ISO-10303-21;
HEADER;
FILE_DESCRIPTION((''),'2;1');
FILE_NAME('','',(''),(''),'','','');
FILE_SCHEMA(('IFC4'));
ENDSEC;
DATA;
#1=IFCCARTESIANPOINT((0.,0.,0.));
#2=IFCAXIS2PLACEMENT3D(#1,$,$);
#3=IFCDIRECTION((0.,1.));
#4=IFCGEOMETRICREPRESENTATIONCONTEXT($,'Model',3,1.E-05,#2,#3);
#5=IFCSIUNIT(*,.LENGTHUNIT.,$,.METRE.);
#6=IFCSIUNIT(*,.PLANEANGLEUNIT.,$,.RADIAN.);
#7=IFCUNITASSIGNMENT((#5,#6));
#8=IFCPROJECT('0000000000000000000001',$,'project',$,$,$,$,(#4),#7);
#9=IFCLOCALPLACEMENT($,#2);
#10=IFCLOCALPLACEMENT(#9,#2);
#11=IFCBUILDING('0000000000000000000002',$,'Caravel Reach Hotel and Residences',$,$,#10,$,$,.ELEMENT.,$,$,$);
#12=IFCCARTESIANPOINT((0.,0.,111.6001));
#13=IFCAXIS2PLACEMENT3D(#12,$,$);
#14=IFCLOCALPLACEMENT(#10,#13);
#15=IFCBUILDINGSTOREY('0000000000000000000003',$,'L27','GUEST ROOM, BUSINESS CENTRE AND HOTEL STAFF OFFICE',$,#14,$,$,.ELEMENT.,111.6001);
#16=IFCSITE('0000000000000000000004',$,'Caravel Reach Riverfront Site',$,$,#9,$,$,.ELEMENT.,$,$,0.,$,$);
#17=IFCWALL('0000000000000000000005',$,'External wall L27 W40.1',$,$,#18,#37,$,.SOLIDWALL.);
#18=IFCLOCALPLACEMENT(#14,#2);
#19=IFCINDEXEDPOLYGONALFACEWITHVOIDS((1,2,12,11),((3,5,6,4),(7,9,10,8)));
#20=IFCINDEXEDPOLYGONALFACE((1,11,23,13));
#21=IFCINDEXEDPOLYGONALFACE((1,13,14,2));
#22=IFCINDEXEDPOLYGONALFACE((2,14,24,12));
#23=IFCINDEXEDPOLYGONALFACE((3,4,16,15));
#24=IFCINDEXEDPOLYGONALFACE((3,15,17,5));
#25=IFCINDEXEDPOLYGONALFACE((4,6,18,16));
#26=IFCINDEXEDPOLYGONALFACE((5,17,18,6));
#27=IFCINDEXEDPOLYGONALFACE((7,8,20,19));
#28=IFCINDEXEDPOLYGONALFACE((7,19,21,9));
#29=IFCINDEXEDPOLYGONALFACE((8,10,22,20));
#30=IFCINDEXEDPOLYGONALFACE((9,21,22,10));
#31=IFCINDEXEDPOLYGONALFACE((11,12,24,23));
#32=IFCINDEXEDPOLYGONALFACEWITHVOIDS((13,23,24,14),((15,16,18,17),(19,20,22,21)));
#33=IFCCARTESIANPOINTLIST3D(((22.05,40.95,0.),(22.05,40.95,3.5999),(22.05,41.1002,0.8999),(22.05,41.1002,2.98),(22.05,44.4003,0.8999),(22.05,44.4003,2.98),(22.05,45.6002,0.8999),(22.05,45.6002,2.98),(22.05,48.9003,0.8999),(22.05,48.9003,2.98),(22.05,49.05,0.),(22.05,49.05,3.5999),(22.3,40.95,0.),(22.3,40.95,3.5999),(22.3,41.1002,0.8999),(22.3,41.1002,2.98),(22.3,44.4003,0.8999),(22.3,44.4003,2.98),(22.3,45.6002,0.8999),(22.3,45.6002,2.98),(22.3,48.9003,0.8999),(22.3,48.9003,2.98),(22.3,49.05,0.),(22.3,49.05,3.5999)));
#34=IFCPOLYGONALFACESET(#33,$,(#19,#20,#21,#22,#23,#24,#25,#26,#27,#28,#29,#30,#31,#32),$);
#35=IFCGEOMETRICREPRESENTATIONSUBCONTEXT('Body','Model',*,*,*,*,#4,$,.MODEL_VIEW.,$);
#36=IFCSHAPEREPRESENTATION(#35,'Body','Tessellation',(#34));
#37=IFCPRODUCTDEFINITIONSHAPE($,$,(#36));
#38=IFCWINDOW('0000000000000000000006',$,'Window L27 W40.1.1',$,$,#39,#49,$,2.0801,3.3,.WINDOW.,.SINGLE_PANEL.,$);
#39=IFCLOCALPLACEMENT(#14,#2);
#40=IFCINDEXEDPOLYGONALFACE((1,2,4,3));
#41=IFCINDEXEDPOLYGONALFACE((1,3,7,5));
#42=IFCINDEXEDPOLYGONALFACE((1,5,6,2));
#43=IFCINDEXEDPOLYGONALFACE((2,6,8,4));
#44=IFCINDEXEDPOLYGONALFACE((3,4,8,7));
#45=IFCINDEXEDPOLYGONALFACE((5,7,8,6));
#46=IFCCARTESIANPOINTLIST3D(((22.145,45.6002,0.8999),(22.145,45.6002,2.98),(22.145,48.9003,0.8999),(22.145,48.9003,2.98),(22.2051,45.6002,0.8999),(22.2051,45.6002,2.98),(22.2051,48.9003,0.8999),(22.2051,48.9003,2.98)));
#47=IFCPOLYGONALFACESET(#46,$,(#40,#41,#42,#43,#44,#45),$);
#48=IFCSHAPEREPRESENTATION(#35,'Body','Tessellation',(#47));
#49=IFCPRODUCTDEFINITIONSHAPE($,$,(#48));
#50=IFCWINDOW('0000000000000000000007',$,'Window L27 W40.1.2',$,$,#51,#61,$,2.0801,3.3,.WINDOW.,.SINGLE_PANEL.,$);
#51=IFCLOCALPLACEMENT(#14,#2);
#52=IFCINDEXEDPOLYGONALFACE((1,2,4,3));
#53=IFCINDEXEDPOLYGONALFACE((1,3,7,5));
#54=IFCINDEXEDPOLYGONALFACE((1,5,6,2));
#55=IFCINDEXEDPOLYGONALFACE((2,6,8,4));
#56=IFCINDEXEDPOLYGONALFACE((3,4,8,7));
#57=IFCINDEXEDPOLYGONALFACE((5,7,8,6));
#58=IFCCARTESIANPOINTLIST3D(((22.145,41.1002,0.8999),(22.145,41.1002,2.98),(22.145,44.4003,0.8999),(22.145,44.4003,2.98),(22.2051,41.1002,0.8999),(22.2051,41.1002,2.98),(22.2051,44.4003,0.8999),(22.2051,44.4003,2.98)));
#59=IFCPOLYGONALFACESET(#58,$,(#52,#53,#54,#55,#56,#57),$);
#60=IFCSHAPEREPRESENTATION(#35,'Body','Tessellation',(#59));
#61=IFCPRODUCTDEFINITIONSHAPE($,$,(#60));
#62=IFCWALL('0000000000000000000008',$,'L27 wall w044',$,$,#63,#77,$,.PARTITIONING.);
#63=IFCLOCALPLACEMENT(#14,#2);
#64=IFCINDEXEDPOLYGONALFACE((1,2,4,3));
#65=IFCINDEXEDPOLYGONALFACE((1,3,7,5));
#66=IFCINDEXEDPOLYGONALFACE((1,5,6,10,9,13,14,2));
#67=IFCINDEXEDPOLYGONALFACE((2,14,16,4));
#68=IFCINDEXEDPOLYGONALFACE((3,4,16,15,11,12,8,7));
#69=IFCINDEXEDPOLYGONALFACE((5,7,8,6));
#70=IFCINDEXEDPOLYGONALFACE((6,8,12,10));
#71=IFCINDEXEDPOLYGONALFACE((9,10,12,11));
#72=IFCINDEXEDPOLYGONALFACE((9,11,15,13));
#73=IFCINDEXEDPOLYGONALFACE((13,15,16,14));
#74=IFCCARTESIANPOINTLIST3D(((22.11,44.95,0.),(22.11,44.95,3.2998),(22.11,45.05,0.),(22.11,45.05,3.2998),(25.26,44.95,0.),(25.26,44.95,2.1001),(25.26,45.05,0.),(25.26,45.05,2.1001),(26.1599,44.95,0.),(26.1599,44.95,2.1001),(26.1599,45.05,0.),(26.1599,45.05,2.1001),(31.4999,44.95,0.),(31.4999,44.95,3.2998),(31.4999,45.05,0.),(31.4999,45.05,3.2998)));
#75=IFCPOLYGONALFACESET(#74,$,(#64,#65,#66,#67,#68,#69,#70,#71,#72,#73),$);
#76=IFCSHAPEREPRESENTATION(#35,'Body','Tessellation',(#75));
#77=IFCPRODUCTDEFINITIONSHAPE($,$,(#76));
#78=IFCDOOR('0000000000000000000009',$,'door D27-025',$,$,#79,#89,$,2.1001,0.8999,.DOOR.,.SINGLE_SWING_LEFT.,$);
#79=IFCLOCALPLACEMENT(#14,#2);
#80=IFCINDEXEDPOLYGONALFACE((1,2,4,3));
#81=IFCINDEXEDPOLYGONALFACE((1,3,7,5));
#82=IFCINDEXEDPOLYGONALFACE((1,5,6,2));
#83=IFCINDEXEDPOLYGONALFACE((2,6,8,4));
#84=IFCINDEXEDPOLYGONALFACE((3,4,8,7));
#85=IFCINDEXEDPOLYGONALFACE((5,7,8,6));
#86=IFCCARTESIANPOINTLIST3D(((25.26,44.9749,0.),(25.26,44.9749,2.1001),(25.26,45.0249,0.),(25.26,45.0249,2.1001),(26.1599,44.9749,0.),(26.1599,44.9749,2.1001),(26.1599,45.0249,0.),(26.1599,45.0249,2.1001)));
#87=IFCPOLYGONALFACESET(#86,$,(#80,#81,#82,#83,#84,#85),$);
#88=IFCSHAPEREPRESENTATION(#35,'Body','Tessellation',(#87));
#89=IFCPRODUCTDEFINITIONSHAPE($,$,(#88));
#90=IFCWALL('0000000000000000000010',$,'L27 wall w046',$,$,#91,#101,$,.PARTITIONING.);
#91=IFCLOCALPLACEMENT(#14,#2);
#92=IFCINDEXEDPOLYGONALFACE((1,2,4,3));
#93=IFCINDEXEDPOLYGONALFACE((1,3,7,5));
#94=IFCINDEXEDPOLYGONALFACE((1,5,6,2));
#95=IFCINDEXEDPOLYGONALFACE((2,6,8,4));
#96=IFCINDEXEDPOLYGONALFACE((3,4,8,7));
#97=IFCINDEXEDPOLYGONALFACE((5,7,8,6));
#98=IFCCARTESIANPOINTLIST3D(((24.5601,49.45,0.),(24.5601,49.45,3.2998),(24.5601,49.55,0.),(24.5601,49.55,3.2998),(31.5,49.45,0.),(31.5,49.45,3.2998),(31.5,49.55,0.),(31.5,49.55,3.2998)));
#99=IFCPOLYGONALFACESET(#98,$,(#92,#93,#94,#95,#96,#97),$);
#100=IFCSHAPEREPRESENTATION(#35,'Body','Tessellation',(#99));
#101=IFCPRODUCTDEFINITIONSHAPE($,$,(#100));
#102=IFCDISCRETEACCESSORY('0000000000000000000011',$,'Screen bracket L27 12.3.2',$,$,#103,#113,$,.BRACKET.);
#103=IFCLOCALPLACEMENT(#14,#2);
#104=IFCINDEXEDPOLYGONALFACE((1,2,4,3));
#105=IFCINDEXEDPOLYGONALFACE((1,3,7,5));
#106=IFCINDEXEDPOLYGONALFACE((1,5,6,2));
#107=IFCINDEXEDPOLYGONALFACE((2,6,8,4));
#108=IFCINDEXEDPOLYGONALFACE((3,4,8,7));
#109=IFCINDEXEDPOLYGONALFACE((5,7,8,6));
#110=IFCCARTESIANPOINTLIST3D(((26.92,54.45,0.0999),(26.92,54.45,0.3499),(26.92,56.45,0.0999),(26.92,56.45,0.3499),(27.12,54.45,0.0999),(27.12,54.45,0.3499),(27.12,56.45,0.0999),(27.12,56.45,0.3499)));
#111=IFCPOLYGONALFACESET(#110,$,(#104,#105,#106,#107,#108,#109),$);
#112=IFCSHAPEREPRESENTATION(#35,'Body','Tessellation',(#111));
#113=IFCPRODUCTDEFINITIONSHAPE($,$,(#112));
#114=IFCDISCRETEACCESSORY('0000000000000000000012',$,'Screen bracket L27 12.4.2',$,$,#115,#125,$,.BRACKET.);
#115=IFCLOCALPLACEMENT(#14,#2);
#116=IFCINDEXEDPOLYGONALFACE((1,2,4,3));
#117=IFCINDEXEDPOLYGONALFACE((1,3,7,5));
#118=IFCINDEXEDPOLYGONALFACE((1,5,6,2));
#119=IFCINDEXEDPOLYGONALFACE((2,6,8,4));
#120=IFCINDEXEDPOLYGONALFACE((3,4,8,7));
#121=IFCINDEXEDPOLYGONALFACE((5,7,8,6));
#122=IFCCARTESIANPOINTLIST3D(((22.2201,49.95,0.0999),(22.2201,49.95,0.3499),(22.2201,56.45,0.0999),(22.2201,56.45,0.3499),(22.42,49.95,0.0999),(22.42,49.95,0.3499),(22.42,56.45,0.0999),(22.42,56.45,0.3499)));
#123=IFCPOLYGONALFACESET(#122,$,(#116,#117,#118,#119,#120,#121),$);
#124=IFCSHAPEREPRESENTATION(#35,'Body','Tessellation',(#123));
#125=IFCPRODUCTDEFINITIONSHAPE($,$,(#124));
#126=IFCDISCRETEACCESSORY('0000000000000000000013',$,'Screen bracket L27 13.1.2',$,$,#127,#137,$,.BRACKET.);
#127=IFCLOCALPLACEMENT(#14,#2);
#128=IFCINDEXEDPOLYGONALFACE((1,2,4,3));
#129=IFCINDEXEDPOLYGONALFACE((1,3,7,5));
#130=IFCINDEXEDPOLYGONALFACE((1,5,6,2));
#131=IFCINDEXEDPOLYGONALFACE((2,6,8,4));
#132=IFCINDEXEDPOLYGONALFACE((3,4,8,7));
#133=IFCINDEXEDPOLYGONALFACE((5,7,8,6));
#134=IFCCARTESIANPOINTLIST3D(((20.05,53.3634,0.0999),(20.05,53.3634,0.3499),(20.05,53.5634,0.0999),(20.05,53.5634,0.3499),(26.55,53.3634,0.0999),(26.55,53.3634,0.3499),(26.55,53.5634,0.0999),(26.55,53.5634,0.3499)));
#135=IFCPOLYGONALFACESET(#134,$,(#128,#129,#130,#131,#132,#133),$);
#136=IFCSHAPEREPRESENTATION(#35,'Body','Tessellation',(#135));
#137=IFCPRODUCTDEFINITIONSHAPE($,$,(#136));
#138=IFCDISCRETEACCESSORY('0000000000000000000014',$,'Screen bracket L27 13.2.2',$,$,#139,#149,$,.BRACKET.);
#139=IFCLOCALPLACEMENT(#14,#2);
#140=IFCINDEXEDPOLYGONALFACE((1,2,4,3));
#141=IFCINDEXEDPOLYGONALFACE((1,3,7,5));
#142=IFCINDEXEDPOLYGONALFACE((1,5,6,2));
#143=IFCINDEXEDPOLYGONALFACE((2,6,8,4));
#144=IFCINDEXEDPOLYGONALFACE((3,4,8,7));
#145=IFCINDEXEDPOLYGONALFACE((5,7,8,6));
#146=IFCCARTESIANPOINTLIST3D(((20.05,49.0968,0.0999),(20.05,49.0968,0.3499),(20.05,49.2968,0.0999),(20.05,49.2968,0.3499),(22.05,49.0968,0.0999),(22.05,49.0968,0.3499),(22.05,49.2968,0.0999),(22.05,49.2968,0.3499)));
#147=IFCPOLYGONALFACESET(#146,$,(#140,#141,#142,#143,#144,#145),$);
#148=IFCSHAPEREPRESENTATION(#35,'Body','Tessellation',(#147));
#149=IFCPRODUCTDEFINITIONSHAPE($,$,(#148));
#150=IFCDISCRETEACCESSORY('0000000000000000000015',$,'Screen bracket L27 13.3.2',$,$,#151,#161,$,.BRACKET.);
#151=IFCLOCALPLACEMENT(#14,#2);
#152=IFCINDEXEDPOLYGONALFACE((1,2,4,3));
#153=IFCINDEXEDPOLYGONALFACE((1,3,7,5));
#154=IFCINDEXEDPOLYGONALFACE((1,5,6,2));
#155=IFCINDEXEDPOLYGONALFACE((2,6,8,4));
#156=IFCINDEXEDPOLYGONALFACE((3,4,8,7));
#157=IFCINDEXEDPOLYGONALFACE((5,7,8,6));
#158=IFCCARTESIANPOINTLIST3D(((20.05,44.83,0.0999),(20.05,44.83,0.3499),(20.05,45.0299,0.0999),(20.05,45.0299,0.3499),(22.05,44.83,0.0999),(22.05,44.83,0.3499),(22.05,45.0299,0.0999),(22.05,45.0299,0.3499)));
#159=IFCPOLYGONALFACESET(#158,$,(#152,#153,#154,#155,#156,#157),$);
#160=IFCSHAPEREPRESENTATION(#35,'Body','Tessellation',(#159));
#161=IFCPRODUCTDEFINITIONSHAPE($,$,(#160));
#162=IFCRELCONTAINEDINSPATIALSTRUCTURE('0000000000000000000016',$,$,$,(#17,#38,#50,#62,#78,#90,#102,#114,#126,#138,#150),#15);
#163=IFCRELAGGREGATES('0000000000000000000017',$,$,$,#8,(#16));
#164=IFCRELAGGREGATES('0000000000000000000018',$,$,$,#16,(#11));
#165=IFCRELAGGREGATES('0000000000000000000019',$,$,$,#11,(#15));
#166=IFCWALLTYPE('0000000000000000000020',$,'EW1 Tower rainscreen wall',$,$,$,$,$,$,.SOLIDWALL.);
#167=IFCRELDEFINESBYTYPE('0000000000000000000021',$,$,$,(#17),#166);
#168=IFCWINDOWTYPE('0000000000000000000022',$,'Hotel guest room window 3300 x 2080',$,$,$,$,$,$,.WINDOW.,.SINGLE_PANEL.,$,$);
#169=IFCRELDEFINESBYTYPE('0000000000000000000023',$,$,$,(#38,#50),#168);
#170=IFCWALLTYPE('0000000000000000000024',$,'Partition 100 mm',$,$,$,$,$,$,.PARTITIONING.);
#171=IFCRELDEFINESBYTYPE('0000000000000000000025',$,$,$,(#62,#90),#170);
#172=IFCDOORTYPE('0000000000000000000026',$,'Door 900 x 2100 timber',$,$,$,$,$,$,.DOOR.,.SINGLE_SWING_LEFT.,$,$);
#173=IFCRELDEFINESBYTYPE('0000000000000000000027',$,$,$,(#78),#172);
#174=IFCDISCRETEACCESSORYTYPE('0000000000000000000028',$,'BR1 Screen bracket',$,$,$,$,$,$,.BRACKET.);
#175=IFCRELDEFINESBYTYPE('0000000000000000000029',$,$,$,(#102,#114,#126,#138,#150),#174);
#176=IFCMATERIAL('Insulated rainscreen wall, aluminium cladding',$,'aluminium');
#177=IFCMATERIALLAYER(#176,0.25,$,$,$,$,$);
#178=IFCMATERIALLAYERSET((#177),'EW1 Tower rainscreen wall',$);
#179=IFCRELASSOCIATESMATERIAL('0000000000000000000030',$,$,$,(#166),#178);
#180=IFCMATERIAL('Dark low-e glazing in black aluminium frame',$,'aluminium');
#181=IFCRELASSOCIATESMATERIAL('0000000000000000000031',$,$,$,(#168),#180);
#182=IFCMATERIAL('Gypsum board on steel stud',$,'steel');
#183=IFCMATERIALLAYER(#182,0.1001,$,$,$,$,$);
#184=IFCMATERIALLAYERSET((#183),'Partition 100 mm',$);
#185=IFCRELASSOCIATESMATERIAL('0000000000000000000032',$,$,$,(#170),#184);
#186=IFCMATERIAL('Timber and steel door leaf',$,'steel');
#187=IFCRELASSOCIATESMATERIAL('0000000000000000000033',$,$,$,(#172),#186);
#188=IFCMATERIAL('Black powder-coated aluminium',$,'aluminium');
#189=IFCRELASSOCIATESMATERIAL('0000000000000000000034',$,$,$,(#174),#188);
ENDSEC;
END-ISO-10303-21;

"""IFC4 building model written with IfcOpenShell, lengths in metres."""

from ifc_helpers import new_model, si_unit, direction, frame, frame_2d, origin, origin_2d, place, context, subcontext, project, spatial, rectangle, extrude, material, layer, layer_set, type_object, element, fill, save


model = new_model("IFC4")

# Units and contexts
model_context = context("Model", 3, precision=1e-05, world=origin(), true_north=direction((0.0, 1.0)))
body_context = subcontext(model_context, "Body", "Model", "MODEL_VIEW")
ifc_project = project(units=[si_unit("LENGTHUNIT", "METRE"), si_unit("PLANEANGLEUNIT", "RADIAN")], contexts=[model_context])

# Site, building, storey
site_placement = place(None, origin())
site = spatial("IfcSite", under=ifc_project, at=site_placement, Name="Caravel Reach Riverfront Site", CompositionType="ELEMENT", RefElevation=0.0)
building_placement = place(site_placement, origin())
building = spatial("IfcBuilding", under=site, at=building_placement, Name="Caravel Reach Hotel and Residences", CompositionType="ELEMENT")
storey_placement = place(building_placement, frame((0.0, 0.0, 111.6001)))
storey = spatial("IfcBuildingStorey", under=building, at=storey_placement, Name="L27", Description="GUEST ROOM, BUSINESS CENTRE AND HOTEL STAFF OFFICE", CompositionType="ELEMENT", Elevation=111.6001)

# Shared definitions
ifc_material_1 = material(Name="Insulated rainscreen wall, aluminium cladding", Category="aluminium")
ifc_layer_1 = layer(ifc_material_1, 0.25)
ifc_layer_set_1 = layer_set([ifc_layer_1], Name="EW1 Tower rainscreen wall")
wall_type_1 = type_object("IfcWallType", Name="EW1 Tower rainscreen wall", PredefinedType="SOLIDWALL", material=ifc_layer_set_1)

# Wall, openings, windows
wall_1_placement = place(storey_placement, frame((22.175, 49.05, 0.0), z_axis=(0.0, 0.0, 1.0), x_axis=(0.0, -1.0, 0.0)))
wall_1 = element("IfcWall", 1, at=wall_1_placement, inside=storey, type_object=wall_type_1, Name="External wall L27 W40.1", PredefinedType="SOLIDWALL", context=body_context, shape_type="SweptSolid", body=[
    extrude(rectangle(XDim=8.1001, YDim=0.25, at=frame_2d((4.05, 0.0))), origin(), (0.0, 0.0, 1.0), 3.5999),
])
opening_1_placement = place(wall_1_placement, frame((0.1499, 0.0, 0.8999)))
opening_1 = element("IfcOpeningElement", 2, at=opening_1_placement, cuts=wall_1, PredefinedType="OPENING", context=body_context, shape_type="SweptSolid", body=[
    extrude(rectangle(XDim=3.3, YDim=2.0801, at=frame_2d((1.6499, 1.04))), frame((0.0, 0.135, 0.0), z_axis=(0.0, -1.0, 0.0), x_axis=(1.0, 0.0, 0.0)), (0.0, 0.0, 1.0), 0.27),
])
opening_2_placement = place(wall_1_placement, frame((4.6499, 0.0, 0.8999)))
opening_2 = element("IfcOpeningElement", 3, at=opening_2_placement, cuts=wall_1, PredefinedType="OPENING", context=body_context, shape_type="SweptSolid", body=[
    extrude(rectangle(XDim=3.3, YDim=2.0801, at=frame_2d((1.6499, 1.04))), frame((0.0, 0.135, 0.0), z_axis=(0.0, -1.0, 0.0), x_axis=(1.0, 0.0, 0.0)), (0.0, 0.0, 1.0), 0.27),
])
ifc_material_2 = material(Name="Dark low-e glazing in black aluminium frame", Category="aluminium")
window_type_1 = type_object("IfcWindowType", Name="Hotel guest room window 3300 x 2080", PartitioningType="SINGLE_PANEL", PredefinedType="WINDOW", material=ifc_material_2)
window_1_placement = place(opening_1_placement, origin())
window_1 = element("IfcWindow", 4, at=window_1_placement, inside=storey, type_object=window_type_1, Name="Window L27 W40.1.1", OverallHeight=2.0801, OverallWidth=3.3, PartitioningType="SINGLE_PANEL", PredefinedType="WINDOW", context=body_context, shape_type="SweptSolid", body=[
    extrude(rectangle(XDim=3.3, YDim=2.0801, at=frame_2d((1.6499, 1.04))), frame((0.0, 0.03, 0.0), z_axis=(0.0, -1.0, 0.0), x_axis=(1.0, 0.0, 0.0)), (0.0, 0.0, 1.0), 0.0601),
])
fill(opening_1, window_1)
window_2_placement = place(opening_2_placement, origin())
window_2 = element("IfcWindow", 5, at=window_2_placement, inside=storey, type_object=window_type_1, Name="Window L27 W40.1.2", OverallHeight=2.0801, OverallWidth=3.3, PartitioningType="SINGLE_PANEL", PredefinedType="WINDOW", context=body_context, shape_type="SweptSolid", body=[
    extrude(rectangle(XDim=3.3, YDim=2.0801, at=frame_2d((1.6499, 1.04))), frame((0.0, 0.03, 0.0), z_axis=(0.0, -1.0, 0.0), x_axis=(1.0, 0.0, 0.0)), (0.0, 0.0, 1.0), 0.0601),
])
fill(opening_2, window_2)

# Wall, opening, door
ifc_material_3 = material(Name="Gypsum board on steel stud", Category="steel")
ifc_layer_2 = layer(ifc_material_3, 0.1001)
ifc_layer_set_2 = layer_set([ifc_layer_2], Name="Partition 100 mm")
wall_type_2 = type_object("IfcWallType", Name="Partition 100 mm", PredefinedType="PARTITIONING", material=ifc_layer_set_2)
wall_2_placement = place(storey_placement, frame((22.1101, 45.0, 0.0), z_axis=(0.0, 0.0, 1.0), x_axis=(1.0, 0.0, 0.0)))
wall_2 = element("IfcWall", 6, at=wall_2_placement, inside=storey, type_object=wall_type_2, Name="L27 wall w044", PredefinedType="PARTITIONING", context=body_context, shape_type="SweptSolid", body=[
    extrude(rectangle(XDim=9.3899, YDim=0.1001, at=frame_2d((4.6948, 0.0))), origin(), (0.0, 0.0, 1.0), 3.2998),
])
opening_3_placement = place(wall_2_placement, frame((3.1499, 0.0, 0.0)))
opening_3 = element("IfcOpeningElement", 7, at=opening_3_placement, cuts=wall_2, PredefinedType="OPENING", context=body_context, shape_type="SweptSolid", body=[
    extrude(rectangle(XDim=0.8999, YDim=2.1001, at=frame_2d((0.45, 1.05))), frame((0.0, 0.0601, 0.0), z_axis=(0.0, -1.0, 0.0), x_axis=(1.0, 0.0, 0.0)), (0.0, 0.0, 1.0), 0.1201),
])
ifc_material_4 = material(Name="Timber and steel door leaf", Category="steel")
door_type_1 = type_object("IfcDoorType", Name="Door 900 x 2100 timber", OperationType="SINGLE_SWING_LEFT", PredefinedType="DOOR", material=ifc_material_4)
door_1_placement = place(opening_3_placement, origin())
door_1 = element("IfcDoor", 8, at=door_1_placement, inside=storey, type_object=door_type_1, Name="door D27-025", OperationType="SINGLE_SWING_LEFT", OverallHeight=2.1001, OverallWidth=0.8999, PredefinedType="DOOR", context=body_context, shape_type="SweptSolid", body=[
    extrude(rectangle(XDim=0.8999, YDim=2.1001, at=frame_2d((0.45, 1.05))), frame((0.0, 0.0249, 0.0), z_axis=(0.0, -1.0, 0.0), x_axis=(1.0, 0.0, 0.0)), (0.0, 0.0, 1.0), 0.05),
])
fill(opening_3, door_1)

# Wall
wall_3_placement = place(storey_placement, frame((24.5601, 49.5, 0.0), z_axis=(0.0, 0.0, 1.0), x_axis=(1.0, 0.0, 0.0)))
element("IfcWall", 9, at=wall_3_placement, inside=storey, type_object=wall_type_2, Name="L27 wall w046", PredefinedType="PARTITIONING", context=body_context, shape_type="SweptSolid", body=[
    extrude(rectangle(XDim=6.9399, YDim=0.1001, at=frame_2d((3.47, 0.0))), origin(), (0.0, 0.0, 1.0), 3.2998),
])

# Discrete accessories
ifc_material_5 = material(Name="Black powder-coated aluminium", Category="aluminium")
discrete_accessory_type = type_object("IfcDiscreteAccessoryType", Name="BR1 Screen bracket", PredefinedType="BRACKET", material=ifc_material_5)
discrete_accessory_placement = place(storey_placement, frame((27.02, 55.45, 0.0999), z_axis=(0.0, 0.0, 1.0), x_axis=(0.0, 1.0, 0.0)))
element("IfcDiscreteAccessory", 10, at=discrete_accessory_placement, inside=storey, type_object=discrete_accessory_type, Name="Screen bracket L27 12.3.2", PredefinedType="BRACKET", context=body_context, shape_type="SweptSolid", body=[
    extrude(rectangle(XDim=2.0, YDim=0.2, at=origin_2d()), origin(), (0.0, 0.0, 1.0), 0.25),
])
for number, where, z_axis, x_axis, name in (
    (11, (22.3201, 53.2, 0.0999), (0.0, 0.0, 1.0), (0.0, 1.0, 0.0), "Screen bracket L27 12.4.2"),
    (12, (23.3, 53.4634, 0.0999), (0.0, 0.0, 1.0), (-1.0, 0.0, 0.0), "Screen bracket L27 13.1.2"),
):
    element("IfcDiscreteAccessory", number, at=place(storey_placement, frame(where, z_axis=z_axis, x_axis=x_axis)), inside=storey, type_object=discrete_accessory_type, Name=name, PredefinedType="BRACKET", context=body_context, shape_type="SweptSolid", body=[
        extrude(rectangle(XDim=6.5, YDim=0.2, at=origin_2d()), origin(), (0.0, 0.0, 1.0), 0.25),
    ])
for number, where, z_axis, x_axis, name in (
    (13, (21.05, 49.1968, 0.0999), (0.0, 0.0, 1.0), (-1.0, 0.0, 0.0), "Screen bracket L27 13.2.2"),
    (14, (21.05, 44.9299, 0.0999), (0.0, 0.0, 1.0), (-1.0, 0.0, 0.0), "Screen bracket L27 13.3.2"),
):
    element("IfcDiscreteAccessory", number, at=place(storey_placement, frame(where, z_axis=z_axis, x_axis=x_axis)), inside=storey, type_object=discrete_accessory_type, Name=name, PredefinedType="BRACKET", context=body_context, shape_type="SweptSolid", body=[
        extrude(rectangle(XDim=2.0, YDim=0.2, at=origin_2d()), origin(), (0.0, 0.0, 1.0), 0.25),
    ])

save(model, "model.ifc")
